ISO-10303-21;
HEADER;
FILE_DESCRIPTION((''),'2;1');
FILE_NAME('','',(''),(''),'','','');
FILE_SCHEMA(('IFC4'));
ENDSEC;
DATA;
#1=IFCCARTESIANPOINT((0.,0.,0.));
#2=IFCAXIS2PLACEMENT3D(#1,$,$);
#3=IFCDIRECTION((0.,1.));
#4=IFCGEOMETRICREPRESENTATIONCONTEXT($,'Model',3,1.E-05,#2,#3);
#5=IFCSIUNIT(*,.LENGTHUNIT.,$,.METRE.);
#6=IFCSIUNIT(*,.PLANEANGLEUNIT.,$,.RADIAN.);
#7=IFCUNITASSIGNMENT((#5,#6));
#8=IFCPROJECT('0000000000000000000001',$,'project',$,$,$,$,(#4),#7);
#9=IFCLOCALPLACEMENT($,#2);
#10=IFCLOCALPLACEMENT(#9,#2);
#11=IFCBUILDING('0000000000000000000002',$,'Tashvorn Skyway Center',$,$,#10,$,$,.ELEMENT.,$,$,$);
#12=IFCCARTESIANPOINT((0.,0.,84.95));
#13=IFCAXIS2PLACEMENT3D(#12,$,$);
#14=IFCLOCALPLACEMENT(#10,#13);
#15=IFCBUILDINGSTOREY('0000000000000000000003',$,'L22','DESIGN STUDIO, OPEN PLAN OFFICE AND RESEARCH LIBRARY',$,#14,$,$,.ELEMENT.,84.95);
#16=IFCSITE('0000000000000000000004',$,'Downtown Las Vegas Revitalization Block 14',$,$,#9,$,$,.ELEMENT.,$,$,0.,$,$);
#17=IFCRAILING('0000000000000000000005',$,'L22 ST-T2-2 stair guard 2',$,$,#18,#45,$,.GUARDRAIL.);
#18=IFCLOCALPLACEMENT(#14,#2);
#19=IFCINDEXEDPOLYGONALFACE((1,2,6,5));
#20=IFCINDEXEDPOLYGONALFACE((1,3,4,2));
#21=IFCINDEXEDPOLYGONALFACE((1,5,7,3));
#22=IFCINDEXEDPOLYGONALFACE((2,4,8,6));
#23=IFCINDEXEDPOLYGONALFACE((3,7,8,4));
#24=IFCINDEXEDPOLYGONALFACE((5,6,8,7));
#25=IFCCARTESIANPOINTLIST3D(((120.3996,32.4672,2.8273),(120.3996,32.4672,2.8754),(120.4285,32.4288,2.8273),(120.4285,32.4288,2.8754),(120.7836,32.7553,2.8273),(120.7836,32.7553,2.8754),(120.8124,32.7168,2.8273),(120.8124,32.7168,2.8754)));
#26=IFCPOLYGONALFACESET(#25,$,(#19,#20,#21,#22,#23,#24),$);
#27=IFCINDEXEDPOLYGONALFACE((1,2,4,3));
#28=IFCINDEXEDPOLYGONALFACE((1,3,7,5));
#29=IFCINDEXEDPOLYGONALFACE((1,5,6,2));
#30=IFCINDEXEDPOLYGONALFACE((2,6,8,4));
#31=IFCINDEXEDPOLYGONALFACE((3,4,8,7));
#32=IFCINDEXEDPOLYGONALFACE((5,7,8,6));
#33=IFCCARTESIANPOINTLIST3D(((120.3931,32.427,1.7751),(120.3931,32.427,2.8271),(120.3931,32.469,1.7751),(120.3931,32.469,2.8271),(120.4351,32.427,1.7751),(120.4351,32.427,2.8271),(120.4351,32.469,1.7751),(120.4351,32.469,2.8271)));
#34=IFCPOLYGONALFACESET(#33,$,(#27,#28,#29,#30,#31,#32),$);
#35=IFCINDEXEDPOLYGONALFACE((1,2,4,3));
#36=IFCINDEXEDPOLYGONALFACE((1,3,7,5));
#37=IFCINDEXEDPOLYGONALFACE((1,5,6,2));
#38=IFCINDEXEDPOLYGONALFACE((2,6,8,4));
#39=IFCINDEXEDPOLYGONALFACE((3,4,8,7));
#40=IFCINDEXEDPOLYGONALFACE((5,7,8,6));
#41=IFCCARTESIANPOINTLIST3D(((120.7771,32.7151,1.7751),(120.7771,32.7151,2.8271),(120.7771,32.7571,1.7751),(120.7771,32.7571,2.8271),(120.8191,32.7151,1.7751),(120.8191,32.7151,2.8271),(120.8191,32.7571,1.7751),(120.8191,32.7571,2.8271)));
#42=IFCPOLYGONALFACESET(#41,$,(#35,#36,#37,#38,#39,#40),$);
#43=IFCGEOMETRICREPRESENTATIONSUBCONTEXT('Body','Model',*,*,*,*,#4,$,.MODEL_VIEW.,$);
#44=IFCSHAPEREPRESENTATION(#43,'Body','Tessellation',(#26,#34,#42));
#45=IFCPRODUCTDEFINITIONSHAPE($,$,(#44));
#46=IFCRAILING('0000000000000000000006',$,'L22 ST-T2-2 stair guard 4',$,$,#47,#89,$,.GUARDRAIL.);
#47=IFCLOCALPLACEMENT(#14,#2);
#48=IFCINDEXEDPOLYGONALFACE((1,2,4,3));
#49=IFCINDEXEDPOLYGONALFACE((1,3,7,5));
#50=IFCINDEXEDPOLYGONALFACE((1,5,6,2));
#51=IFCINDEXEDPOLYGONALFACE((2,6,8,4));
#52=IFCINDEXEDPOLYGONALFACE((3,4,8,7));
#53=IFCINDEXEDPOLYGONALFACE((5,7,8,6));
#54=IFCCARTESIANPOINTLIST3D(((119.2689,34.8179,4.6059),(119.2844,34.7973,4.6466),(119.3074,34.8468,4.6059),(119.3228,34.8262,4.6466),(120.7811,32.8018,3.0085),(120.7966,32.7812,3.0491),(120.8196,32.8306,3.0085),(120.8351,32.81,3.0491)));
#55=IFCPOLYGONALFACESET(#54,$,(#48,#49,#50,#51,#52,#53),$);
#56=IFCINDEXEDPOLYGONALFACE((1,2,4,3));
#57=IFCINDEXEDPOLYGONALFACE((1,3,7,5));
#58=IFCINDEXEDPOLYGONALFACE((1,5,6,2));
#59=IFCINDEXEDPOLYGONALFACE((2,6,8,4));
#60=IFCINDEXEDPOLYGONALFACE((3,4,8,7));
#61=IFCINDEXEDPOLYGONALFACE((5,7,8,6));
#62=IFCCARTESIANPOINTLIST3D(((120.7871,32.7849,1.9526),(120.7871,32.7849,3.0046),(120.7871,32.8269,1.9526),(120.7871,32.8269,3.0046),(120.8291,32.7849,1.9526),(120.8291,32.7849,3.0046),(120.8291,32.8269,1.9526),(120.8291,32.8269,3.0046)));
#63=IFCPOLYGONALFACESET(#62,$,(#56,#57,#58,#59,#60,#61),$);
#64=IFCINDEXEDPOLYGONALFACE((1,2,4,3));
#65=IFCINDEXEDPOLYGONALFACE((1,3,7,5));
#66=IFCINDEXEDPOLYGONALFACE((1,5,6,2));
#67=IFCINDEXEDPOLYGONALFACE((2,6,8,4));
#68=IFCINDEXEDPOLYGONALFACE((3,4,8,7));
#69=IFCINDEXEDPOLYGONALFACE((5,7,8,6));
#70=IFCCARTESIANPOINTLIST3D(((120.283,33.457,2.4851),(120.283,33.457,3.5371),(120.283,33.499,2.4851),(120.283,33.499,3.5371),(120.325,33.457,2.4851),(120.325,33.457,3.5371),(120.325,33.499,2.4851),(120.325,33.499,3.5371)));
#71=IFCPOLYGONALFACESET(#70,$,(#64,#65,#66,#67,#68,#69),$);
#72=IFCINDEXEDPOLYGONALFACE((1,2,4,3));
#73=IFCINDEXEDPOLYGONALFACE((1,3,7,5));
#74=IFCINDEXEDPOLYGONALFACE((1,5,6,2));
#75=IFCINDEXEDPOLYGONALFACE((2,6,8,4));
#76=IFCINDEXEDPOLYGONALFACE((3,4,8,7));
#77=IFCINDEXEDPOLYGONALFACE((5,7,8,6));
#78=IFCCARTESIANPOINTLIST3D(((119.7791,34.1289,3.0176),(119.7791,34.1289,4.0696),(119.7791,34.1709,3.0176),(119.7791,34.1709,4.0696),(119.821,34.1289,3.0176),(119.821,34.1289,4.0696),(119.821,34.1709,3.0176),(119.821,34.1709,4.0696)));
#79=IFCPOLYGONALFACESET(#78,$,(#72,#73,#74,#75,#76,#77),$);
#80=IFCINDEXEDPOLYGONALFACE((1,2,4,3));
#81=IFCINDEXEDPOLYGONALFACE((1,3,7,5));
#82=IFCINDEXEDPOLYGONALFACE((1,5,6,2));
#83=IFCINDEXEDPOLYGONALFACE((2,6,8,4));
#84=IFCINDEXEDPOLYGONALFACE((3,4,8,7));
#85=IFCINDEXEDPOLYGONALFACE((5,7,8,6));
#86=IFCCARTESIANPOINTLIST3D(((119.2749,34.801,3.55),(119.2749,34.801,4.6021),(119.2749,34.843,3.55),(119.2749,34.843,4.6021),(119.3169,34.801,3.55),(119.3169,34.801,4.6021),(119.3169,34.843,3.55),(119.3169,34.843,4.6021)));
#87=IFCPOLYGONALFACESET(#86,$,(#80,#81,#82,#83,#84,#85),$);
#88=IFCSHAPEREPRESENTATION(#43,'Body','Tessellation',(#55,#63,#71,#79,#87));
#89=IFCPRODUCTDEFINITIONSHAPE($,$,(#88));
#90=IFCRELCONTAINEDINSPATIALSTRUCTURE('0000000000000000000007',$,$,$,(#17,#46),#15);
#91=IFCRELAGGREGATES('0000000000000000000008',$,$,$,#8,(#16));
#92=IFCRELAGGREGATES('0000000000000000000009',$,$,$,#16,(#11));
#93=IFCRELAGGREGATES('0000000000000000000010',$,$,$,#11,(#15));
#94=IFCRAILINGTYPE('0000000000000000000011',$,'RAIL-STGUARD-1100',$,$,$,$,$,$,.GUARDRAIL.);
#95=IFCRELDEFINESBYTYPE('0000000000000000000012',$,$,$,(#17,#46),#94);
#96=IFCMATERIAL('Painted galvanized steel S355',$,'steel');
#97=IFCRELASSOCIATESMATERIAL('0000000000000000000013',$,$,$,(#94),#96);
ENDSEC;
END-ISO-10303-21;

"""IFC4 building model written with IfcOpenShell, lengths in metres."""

from ifc_helpers import new_model, si_unit, direction, frame, origin, origin_2d, place, context, subcontext, project, spatial, rectangle, extrude, material, type_object, element, save


model = new_model("IFC4")

# Units and contexts
model_context = context("Model", 3, precision=1e-05, world=origin(), true_north=direction((0.0, 1.0)))
body_context = subcontext(model_context, "Body", "Model", "MODEL_VIEW")
ifc_project = project(units=[si_unit("LENGTHUNIT", "METRE"), si_unit("PLANEANGLEUNIT", "RADIAN")], contexts=[model_context])

# Site, building, storey
site_placement = place(None, origin())
site = spatial("IfcSite", under=ifc_project, at=site_placement, Name="Downtown Las Vegas Revitalization Block 14", CompositionType="ELEMENT", RefElevation=0.0)
building_placement = place(site_placement, origin())
building = spatial("IfcBuilding", under=site, at=building_placement, Name="Tashvorn Skyway Center", CompositionType="ELEMENT")
storey_placement = place(building_placement, frame((0.0, 0.0, 84.95)))
storey = spatial("IfcBuildingStorey", under=building, at=storey_placement, Name="L22", Description="DESIGN STUDIO, OPEN PLAN OFFICE AND RESEARCH LIBRARY", CompositionType="ELEMENT", Elevation=84.95)

# Railings
ifc_material_1 = material(Name="Painted galvanized steel S355", Category="steel")
railing_type = type_object("IfcRailingType", Name="RAIL-STGUARD-1100", PredefinedType="GUARDRAIL", material=ifc_material_1)
railing_1_placement = place(storey_placement, frame((120.4141, 32.448, 1.7751)))
element("IfcRailing", 1, at=railing_1_placement, inside=storey, type_object=railing_type, Name="L22 ST-T2-2 stair guard 2", PredefinedType="GUARDRAIL", context=body_context, shape_type="SweptSolid", body=[
    extrude(rectangle(XDim=0.0481, YDim=0.0481, at=origin_2d()), frame((0.0, 0.0, 1.0762), z_axis=(0.799939, 0.600081, 0.0), x_axis=(-0.600081, 0.799939, 0.0)), (0.0, 0.0, 1.0), 0.48),
    extrude(rectangle(XDim=0.042, YDim=0.042, at=origin_2d()), origin(), (0.0, 0.0, 1.0), 1.052),
    extrude(rectangle(XDim=0.042, YDim=0.042, at=origin_2d()), frame((0.384, 0.2881, 0.0)), (0.0, 0.0, 1.0), 1.052),
])
railing_2_placement = place(storey_placement, frame((120.8081, 32.8059, 1.9526)))
element("IfcRailing", 2, at=railing_2_placement, inside=storey, type_object=railing_type, Name="L22 ST-T2-2 stair guard 4", PredefinedType="GUARDRAIL", context=body_context, shape_type="SweptSolid", body=[
    extrude(rectangle(XDim=0.0481, YDim=0.0481, at=origin_2d()), frame((0.0, 0.0, 1.0762), z_axis=(-0.506802, 0.675681, 0.535357), x_axis=(-0.799977, -0.600031, 0.0)), (0.0, 0.0, 1.0), 2.9839),
    extrude(rectangle(XDim=0.042, YDim=0.042, at=origin_2d()), origin(), (0.0, 0.0, 1.0), 1.052),
    extrude(rectangle(XDim=0.042, YDim=0.042, at=origin_2d()), frame((-0.5042, 0.6721, 0.5325)), (0.0, 0.0, 1.0), 1.052),
    extrude(rectangle(XDim=0.042, YDim=0.042, at=origin_2d()), frame((-1.0081, 1.344, 1.0649)), (0.0, 0.0, 1.0), 1.052),
    extrude(rectangle(XDim=0.042, YDim=0.042, at=origin_2d()), frame((-1.5122, 2.0161, 1.5974)), (0.0, 0.0, 1.0), 1.052),
])

save(model, "model.ifc")
